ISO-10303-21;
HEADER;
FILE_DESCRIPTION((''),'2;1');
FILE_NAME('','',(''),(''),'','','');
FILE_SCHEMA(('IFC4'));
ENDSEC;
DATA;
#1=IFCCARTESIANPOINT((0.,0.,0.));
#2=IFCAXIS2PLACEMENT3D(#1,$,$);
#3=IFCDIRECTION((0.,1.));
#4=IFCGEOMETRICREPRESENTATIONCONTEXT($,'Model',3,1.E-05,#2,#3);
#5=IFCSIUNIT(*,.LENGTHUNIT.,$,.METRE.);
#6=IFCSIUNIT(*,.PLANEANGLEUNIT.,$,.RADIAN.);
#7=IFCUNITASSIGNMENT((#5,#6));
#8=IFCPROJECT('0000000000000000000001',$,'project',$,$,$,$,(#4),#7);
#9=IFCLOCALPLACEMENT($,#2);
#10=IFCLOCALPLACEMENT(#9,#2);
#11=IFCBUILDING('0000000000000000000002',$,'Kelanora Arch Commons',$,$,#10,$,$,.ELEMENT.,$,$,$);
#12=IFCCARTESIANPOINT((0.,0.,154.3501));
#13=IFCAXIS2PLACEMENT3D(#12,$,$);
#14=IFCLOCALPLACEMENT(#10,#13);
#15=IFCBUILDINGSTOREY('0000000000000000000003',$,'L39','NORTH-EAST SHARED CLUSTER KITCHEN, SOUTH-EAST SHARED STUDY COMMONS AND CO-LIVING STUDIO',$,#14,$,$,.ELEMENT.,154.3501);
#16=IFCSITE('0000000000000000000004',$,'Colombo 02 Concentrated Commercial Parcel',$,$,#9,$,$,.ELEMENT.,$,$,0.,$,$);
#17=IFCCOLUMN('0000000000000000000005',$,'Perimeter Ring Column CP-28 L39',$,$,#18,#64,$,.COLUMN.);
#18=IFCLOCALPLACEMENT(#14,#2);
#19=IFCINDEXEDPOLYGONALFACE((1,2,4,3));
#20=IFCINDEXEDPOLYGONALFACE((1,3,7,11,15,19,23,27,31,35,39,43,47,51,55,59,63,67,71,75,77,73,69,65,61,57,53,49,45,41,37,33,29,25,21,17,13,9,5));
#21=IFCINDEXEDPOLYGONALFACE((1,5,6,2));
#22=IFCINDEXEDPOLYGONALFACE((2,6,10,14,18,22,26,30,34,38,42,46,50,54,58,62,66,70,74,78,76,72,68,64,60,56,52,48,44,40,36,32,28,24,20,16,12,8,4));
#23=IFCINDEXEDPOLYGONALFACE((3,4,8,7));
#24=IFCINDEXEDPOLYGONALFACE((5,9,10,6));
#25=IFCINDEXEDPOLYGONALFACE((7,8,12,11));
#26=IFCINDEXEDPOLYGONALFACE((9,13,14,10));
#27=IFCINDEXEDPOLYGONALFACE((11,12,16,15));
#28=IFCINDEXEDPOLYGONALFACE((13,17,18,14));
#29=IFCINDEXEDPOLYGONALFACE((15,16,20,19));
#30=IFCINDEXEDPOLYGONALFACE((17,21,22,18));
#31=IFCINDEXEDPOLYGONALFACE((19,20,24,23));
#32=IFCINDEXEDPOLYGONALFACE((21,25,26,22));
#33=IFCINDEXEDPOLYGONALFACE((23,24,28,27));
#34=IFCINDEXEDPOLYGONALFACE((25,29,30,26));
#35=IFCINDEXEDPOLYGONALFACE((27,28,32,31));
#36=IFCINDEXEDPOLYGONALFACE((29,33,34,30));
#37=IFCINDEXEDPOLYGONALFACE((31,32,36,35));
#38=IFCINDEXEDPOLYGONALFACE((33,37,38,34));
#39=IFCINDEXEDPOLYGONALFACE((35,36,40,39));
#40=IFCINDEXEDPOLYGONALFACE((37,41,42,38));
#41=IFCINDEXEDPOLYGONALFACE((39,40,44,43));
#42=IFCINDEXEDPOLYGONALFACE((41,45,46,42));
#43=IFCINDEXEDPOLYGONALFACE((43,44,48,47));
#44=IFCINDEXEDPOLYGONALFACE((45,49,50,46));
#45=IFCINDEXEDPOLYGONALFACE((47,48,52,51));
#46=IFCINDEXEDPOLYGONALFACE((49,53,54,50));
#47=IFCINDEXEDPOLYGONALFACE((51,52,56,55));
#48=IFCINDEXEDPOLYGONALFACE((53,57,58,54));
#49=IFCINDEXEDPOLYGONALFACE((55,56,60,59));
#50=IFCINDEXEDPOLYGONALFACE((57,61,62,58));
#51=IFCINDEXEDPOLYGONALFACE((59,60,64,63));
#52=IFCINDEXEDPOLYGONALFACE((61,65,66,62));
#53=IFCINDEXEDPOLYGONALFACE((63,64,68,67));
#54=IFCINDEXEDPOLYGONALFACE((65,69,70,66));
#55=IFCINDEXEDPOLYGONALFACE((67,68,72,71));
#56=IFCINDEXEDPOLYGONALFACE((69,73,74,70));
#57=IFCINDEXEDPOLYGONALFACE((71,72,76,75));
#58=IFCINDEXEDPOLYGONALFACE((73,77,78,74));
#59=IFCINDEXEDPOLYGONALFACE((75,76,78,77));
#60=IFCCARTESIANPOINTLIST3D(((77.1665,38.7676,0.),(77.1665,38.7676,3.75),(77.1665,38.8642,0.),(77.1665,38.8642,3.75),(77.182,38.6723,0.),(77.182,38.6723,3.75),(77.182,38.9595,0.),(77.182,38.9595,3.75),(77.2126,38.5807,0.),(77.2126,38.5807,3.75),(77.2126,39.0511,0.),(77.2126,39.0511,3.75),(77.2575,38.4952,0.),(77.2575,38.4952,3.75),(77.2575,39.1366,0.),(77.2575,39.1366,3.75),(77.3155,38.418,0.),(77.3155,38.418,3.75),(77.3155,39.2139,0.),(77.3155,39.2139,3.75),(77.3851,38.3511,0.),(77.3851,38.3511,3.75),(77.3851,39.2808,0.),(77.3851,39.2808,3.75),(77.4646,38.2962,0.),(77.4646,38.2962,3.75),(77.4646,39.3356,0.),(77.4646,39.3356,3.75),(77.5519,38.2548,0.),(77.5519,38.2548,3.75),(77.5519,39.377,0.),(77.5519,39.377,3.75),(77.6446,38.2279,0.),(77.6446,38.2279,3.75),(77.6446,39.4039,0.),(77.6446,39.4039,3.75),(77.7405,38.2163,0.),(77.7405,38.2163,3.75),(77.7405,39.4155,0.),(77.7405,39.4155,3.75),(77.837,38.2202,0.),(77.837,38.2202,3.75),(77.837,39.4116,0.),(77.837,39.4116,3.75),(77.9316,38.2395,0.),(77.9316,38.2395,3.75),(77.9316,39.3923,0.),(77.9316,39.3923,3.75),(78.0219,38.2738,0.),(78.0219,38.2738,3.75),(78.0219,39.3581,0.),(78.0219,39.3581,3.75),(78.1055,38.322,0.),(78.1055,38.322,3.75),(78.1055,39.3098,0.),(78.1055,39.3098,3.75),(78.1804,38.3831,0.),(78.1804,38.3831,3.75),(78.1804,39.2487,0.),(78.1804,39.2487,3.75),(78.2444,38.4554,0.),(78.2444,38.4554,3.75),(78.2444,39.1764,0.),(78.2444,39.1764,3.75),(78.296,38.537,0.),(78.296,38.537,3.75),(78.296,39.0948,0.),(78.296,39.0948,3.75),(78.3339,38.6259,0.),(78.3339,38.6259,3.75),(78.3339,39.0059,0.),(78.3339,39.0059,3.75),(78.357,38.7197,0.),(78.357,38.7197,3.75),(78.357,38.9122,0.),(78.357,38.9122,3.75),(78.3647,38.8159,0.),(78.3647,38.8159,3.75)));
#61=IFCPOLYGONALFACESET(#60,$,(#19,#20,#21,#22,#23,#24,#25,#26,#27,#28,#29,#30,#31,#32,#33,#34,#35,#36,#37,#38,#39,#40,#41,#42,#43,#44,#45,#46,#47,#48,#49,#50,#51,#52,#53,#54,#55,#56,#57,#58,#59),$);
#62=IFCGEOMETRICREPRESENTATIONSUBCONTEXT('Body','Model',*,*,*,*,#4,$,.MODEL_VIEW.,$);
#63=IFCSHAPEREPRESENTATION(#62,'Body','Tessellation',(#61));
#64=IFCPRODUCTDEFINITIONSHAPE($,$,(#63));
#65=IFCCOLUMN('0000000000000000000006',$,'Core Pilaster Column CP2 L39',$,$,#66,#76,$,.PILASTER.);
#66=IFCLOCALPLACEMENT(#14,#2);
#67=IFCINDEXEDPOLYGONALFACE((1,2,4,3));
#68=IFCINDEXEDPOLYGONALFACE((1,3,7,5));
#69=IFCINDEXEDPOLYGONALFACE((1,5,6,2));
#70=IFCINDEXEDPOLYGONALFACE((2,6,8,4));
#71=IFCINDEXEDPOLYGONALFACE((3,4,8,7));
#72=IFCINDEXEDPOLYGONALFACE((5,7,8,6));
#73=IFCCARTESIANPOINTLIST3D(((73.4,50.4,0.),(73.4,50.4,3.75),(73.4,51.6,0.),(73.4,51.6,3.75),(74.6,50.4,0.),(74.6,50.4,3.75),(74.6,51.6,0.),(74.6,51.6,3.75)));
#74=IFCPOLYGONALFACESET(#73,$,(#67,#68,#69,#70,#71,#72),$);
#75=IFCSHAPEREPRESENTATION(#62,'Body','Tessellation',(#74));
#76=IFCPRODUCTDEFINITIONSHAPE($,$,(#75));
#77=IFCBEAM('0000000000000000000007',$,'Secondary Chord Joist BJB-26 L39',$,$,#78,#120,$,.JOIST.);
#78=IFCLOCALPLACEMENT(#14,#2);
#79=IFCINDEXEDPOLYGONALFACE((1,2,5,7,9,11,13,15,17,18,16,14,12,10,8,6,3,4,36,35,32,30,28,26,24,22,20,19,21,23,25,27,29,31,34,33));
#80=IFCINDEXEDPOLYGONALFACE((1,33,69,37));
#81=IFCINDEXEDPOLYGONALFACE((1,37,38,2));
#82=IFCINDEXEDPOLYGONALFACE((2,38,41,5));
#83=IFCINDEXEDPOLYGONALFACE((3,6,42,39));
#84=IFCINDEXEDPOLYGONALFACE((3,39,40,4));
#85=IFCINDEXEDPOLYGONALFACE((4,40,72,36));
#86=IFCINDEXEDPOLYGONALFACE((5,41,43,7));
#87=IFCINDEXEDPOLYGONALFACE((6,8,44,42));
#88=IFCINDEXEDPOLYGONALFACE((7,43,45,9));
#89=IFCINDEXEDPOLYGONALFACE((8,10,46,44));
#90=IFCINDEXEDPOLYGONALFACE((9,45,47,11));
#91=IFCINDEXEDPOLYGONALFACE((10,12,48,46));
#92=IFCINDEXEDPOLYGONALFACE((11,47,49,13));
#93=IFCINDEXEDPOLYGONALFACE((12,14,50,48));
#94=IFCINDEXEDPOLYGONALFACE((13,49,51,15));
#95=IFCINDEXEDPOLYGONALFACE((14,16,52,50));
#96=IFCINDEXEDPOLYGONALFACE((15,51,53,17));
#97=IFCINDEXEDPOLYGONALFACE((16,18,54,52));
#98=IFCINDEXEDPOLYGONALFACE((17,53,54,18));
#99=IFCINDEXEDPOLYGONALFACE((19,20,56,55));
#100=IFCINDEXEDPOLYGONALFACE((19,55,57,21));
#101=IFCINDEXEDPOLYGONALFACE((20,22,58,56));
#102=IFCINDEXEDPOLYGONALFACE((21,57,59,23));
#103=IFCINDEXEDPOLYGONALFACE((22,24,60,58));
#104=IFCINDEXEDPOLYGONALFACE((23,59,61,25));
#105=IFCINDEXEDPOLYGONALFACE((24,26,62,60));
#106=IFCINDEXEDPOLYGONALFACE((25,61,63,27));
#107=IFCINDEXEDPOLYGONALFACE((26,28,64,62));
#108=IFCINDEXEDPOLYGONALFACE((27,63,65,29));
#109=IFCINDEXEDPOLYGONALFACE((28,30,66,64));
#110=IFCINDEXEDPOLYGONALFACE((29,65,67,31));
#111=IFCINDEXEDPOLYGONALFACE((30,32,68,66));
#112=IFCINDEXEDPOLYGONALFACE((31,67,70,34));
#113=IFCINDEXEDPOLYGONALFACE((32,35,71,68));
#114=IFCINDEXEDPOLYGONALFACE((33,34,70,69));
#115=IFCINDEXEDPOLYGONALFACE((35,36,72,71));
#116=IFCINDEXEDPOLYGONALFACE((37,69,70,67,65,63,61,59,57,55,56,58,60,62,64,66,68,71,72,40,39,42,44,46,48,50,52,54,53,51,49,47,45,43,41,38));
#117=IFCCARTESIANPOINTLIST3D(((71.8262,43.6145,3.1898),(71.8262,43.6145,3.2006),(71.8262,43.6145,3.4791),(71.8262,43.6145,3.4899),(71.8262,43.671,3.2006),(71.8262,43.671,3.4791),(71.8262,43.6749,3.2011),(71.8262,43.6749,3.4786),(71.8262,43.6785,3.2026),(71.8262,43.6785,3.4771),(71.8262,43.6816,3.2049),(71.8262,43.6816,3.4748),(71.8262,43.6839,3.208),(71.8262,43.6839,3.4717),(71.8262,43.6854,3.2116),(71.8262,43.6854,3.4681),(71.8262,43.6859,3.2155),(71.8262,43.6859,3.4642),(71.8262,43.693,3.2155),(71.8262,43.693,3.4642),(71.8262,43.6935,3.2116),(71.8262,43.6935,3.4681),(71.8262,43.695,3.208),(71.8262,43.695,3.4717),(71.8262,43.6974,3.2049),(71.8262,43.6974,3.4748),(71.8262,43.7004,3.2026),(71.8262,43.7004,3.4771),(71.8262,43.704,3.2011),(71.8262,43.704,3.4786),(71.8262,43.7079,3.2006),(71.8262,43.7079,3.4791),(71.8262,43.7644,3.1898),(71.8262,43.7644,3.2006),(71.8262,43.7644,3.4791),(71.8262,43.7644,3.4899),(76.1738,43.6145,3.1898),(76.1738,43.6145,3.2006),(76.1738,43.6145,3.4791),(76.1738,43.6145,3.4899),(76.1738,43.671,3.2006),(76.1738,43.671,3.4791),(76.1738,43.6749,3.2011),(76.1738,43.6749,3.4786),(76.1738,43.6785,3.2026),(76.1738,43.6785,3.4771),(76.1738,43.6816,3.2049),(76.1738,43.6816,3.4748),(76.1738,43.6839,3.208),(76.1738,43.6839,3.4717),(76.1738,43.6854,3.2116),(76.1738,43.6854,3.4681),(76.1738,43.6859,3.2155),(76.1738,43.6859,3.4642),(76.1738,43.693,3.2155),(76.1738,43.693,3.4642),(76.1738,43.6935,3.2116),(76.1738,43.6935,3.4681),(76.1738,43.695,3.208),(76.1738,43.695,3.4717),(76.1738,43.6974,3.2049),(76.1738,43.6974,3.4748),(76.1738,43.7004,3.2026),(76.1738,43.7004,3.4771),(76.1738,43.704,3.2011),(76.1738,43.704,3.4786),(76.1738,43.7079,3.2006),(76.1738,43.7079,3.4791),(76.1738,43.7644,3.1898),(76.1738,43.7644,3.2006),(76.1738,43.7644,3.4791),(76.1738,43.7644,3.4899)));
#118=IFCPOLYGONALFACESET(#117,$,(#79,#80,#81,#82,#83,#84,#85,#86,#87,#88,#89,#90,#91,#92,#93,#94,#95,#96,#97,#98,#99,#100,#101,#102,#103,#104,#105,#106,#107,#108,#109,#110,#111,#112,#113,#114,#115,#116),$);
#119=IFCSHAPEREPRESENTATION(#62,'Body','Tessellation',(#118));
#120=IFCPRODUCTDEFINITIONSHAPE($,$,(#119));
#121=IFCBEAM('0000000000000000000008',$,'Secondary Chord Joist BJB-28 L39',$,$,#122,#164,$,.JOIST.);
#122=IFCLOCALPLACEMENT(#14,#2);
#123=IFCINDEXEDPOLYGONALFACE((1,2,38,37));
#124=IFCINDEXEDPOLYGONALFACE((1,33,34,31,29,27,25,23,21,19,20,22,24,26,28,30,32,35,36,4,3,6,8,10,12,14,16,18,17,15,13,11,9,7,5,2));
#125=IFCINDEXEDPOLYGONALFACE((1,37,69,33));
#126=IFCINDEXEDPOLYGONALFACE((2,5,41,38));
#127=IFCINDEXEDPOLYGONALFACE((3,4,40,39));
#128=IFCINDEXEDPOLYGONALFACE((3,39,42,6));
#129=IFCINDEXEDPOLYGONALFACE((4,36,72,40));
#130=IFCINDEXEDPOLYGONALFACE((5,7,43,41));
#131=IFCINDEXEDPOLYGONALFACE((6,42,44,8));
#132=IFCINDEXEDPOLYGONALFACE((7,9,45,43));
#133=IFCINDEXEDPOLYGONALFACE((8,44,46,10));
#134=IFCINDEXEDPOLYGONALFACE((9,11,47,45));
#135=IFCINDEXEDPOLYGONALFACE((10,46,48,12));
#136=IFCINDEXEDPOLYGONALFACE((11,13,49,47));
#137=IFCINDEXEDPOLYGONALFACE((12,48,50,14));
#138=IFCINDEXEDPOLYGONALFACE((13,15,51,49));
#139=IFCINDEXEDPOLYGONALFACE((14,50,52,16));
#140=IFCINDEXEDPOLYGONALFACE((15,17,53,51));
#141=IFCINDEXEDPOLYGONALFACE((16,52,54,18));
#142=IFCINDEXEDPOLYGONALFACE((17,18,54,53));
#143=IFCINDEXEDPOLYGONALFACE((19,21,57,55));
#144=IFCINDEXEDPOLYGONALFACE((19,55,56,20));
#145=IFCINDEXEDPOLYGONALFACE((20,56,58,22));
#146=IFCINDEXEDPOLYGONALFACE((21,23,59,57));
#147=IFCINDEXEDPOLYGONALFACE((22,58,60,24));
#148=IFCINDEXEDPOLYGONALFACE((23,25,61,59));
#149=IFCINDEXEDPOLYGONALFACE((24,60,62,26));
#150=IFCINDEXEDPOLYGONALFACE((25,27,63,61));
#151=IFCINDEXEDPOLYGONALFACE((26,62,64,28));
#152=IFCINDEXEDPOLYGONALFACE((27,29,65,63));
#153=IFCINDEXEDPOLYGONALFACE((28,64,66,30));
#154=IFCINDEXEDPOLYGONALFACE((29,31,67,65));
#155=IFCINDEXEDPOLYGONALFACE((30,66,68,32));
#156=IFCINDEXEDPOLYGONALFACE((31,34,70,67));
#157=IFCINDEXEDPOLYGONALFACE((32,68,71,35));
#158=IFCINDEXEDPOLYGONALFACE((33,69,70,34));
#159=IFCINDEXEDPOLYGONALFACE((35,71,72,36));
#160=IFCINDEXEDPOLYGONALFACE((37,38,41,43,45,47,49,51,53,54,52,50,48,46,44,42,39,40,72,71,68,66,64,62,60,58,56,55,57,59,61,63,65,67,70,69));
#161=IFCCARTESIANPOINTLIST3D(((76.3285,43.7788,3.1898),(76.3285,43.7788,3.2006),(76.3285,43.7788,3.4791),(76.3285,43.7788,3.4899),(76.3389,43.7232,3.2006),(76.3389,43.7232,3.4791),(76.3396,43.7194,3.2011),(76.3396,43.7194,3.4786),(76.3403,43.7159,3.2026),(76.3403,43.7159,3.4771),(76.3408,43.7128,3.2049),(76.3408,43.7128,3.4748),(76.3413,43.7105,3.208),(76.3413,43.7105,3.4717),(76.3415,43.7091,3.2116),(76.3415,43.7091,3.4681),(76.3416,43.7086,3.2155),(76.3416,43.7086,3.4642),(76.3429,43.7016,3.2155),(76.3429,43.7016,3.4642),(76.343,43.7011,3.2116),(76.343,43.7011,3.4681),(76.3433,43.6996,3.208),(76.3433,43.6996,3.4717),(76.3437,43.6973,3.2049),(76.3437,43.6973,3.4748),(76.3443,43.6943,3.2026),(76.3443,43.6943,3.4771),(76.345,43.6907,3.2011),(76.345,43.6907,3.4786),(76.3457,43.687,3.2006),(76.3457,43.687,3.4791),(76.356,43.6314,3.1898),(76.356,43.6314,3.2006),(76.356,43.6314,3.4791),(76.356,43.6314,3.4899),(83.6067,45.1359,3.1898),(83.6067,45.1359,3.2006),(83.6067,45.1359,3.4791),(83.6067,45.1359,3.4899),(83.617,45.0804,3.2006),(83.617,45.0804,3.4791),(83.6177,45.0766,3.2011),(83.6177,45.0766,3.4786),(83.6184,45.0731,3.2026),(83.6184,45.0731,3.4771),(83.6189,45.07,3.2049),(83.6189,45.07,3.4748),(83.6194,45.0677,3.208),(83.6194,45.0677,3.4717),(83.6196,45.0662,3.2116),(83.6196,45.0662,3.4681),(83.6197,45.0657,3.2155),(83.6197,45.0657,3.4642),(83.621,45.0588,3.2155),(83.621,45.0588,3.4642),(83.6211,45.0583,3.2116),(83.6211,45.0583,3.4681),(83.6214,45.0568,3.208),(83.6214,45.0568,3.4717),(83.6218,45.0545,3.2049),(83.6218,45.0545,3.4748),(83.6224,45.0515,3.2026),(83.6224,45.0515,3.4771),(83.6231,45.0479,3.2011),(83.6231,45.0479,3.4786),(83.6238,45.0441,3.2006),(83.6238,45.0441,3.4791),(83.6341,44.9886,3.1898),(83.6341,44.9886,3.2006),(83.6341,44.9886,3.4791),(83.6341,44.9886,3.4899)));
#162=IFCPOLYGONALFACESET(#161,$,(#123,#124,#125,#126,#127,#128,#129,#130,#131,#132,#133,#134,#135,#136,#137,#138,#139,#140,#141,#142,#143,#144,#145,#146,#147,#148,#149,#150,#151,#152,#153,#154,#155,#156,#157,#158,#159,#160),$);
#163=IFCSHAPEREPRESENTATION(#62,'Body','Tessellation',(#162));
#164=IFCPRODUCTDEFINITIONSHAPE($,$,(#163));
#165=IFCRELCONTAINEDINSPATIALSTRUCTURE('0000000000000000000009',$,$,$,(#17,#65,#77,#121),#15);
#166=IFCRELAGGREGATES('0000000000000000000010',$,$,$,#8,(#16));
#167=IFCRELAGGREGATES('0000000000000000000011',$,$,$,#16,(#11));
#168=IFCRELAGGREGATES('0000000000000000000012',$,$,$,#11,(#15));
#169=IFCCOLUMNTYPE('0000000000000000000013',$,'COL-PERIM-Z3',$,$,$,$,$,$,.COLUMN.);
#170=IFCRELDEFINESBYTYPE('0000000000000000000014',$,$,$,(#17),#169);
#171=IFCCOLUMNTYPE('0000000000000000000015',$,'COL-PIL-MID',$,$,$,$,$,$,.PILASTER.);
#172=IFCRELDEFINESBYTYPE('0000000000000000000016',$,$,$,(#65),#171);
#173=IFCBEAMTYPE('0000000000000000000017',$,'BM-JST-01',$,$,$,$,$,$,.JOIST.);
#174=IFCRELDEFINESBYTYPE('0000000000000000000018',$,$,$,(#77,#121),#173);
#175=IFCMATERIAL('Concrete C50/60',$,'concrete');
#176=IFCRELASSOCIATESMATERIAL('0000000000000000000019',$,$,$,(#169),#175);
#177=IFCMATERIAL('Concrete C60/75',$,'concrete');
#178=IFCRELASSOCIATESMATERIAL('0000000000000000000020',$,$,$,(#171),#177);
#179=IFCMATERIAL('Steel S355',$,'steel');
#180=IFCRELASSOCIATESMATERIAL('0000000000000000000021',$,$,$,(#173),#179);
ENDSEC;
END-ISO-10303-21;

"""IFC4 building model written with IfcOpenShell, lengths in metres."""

from ifc_helpers import new_model, si_unit, direction, frame, origin, origin_2d, place, context, subcontext, project, spatial, rectangle, circle, i_section, extrude, material, material_profile, profile_set, type_object, element, save


model = new_model("IFC4")

# Units and contexts
model_context = context("Model", 3, precision=1e-05, world=origin(), true_north=direction((0.0, 1.0)))
body_context = subcontext(model_context, "Body", "Model", "MODEL_VIEW")
ifc_project = project(units=[si_unit("LENGTHUNIT", "METRE"), si_unit("PLANEANGLEUNIT", "RADIAN")], contexts=[model_context])

# Site, building, storey
site_placement = place(None, origin())
site = spatial("IfcSite", under=ifc_project, at=site_placement, Name="Colombo 02 Concentrated Commercial Parcel", CompositionType="ELEMENT", RefElevation=0.0)
building_placement = place(site_placement, origin())
building = spatial("IfcBuilding", under=site, at=building_placement, Name="Kelanora Arch Commons", CompositionType="ELEMENT")
storey_placement = place(building_placement, frame((0.0, 0.0, 154.3501)))
storey = spatial("IfcBuildingStorey", under=building, at=storey_placement, Name="L39", Description="NORTH-EAST SHARED CLUSTER KITCHEN, SOUTH-EAST SHARED STUDY COMMONS AND CO-LIVING STUDIO", CompositionType="ELEMENT", Elevation=154.3501)

# Columns
ifc_material_1 = material(Name="Concrete C50/60", Category="concrete")
ifc_material_profile_1 = material_profile(ifc_material_1, circle(Radius=0.6001, at=origin_2d()), Name="RCC1200")
ifc_profile_set_1 = profile_set([ifc_material_profile_1], Name="Concrete C50/60")
column_type_1 = type_object("IfcColumnType", Name="COL-PERIM-Z3", PredefinedType="COLUMN", material=ifc_profile_set_1)
column_1_placement = place(storey_placement, frame((77.7646, 38.8159, 0.0), z_axis=(0.0, 0.0, 1.0), x_axis=(1.0, 0.0, 0.0)))
element("IfcColumn", 1, at=column_1_placement, inside=storey, type_object=column_type_1, Name="Perimeter Ring Column CP-28 L39", PredefinedType="COLUMN", context=body_context, shape_type="SweptSolid", body=[
    extrude(circle(Radius=0.6001, at=origin_2d()), origin(), (0.0, 0.0, 1.0), 3.75),
])
ifc_material_2 = material(Name="Concrete C60/75", Category="concrete")
ifc_material_profile_2 = material_profile(ifc_material_2, rectangle(XDim=1.2, YDim=1.2, at=origin_2d()), Name="RC1200x1200")
ifc_profile_set_2 = profile_set([ifc_material_profile_2], Name="Concrete C60/75")
column_type_2 = type_object("IfcColumnType", Name="COL-PIL-MID", PredefinedType="PILASTER", material=ifc_profile_set_2)
column_2_placement = place(storey_placement, frame((74.0, 51.0, 0.0), z_axis=(0.0, 0.0, 1.0), x_axis=(1.0, 0.0, 0.0)))
element("IfcColumn", 2, at=column_2_placement, inside=storey, type_object=column_type_2, Name="Core Pilaster Column CP2 L39", PredefinedType="PILASTER", context=body_context, shape_type="SweptSolid", body=[
    extrude(rectangle(XDim=1.2, YDim=1.2, at=origin_2d()), origin(), (0.0, 0.0, 1.0), 3.75),
])

# Beams
ifc_material_3 = material(Name="Steel S355", Category="steel")
ifc_material_profile_3 = material_profile(ifc_material_3, i_section(OverallWidth=0.1499, OverallDepth=0.3, WebThickness=0.0071, FlangeThickness=0.0107, FilletRadius=0.0149, at=origin_2d()), Name="IPE300")
ifc_profile_set_3 = profile_set([ifc_material_profile_3], Name="Steel S355")
beam_type_1 = type_object("IfcBeamType", Name="BM-JST-01", PredefinedType="JOIST", material=ifc_profile_set_3)
beam_1_placement = place(storey_placement, frame((71.8262, 43.6895, 3.3398), z_axis=(1.0, 0.0, 0.0), x_axis=(0.0, 1.0, 0.0)))
element("IfcBeam", 3, at=beam_1_placement, inside=storey, type_object=beam_type_1, Name="Secondary Chord Joist BJB-26 L39", PredefinedType="JOIST", context=body_context, shape_type="SweptSolid", body=[
    extrude(i_section(OverallWidth=0.1499, OverallDepth=0.3, WebThickness=0.0071, FlangeThickness=0.0107, FilletRadius=0.0149, at=origin_2d()), origin(), (0.0, 0.0, 1.0), 4.3477),
])
beam_2_placement = place(storey_placement, frame((76.3423, 43.7051, 3.3398), z_axis=(0.983054, 0.183315, 0.0), x_axis=(-0.183315, 0.983054, 0.0)))
element("IfcBeam", 4, at=beam_2_placement, inside=storey, type_object=beam_type_1, Name="Secondary Chord Joist BJB-28 L39", PredefinedType="JOIST", context=body_context, shape_type="SweptSolid", body=[
    extrude(i_section(OverallWidth=0.1499, OverallDepth=0.3, WebThickness=0.0071, FlangeThickness=0.0107, FilletRadius=0.0149, at=origin_2d()), origin(), (0.0, 0.0, 1.0), 7.4036),
])

save(model, "model.ifc")
